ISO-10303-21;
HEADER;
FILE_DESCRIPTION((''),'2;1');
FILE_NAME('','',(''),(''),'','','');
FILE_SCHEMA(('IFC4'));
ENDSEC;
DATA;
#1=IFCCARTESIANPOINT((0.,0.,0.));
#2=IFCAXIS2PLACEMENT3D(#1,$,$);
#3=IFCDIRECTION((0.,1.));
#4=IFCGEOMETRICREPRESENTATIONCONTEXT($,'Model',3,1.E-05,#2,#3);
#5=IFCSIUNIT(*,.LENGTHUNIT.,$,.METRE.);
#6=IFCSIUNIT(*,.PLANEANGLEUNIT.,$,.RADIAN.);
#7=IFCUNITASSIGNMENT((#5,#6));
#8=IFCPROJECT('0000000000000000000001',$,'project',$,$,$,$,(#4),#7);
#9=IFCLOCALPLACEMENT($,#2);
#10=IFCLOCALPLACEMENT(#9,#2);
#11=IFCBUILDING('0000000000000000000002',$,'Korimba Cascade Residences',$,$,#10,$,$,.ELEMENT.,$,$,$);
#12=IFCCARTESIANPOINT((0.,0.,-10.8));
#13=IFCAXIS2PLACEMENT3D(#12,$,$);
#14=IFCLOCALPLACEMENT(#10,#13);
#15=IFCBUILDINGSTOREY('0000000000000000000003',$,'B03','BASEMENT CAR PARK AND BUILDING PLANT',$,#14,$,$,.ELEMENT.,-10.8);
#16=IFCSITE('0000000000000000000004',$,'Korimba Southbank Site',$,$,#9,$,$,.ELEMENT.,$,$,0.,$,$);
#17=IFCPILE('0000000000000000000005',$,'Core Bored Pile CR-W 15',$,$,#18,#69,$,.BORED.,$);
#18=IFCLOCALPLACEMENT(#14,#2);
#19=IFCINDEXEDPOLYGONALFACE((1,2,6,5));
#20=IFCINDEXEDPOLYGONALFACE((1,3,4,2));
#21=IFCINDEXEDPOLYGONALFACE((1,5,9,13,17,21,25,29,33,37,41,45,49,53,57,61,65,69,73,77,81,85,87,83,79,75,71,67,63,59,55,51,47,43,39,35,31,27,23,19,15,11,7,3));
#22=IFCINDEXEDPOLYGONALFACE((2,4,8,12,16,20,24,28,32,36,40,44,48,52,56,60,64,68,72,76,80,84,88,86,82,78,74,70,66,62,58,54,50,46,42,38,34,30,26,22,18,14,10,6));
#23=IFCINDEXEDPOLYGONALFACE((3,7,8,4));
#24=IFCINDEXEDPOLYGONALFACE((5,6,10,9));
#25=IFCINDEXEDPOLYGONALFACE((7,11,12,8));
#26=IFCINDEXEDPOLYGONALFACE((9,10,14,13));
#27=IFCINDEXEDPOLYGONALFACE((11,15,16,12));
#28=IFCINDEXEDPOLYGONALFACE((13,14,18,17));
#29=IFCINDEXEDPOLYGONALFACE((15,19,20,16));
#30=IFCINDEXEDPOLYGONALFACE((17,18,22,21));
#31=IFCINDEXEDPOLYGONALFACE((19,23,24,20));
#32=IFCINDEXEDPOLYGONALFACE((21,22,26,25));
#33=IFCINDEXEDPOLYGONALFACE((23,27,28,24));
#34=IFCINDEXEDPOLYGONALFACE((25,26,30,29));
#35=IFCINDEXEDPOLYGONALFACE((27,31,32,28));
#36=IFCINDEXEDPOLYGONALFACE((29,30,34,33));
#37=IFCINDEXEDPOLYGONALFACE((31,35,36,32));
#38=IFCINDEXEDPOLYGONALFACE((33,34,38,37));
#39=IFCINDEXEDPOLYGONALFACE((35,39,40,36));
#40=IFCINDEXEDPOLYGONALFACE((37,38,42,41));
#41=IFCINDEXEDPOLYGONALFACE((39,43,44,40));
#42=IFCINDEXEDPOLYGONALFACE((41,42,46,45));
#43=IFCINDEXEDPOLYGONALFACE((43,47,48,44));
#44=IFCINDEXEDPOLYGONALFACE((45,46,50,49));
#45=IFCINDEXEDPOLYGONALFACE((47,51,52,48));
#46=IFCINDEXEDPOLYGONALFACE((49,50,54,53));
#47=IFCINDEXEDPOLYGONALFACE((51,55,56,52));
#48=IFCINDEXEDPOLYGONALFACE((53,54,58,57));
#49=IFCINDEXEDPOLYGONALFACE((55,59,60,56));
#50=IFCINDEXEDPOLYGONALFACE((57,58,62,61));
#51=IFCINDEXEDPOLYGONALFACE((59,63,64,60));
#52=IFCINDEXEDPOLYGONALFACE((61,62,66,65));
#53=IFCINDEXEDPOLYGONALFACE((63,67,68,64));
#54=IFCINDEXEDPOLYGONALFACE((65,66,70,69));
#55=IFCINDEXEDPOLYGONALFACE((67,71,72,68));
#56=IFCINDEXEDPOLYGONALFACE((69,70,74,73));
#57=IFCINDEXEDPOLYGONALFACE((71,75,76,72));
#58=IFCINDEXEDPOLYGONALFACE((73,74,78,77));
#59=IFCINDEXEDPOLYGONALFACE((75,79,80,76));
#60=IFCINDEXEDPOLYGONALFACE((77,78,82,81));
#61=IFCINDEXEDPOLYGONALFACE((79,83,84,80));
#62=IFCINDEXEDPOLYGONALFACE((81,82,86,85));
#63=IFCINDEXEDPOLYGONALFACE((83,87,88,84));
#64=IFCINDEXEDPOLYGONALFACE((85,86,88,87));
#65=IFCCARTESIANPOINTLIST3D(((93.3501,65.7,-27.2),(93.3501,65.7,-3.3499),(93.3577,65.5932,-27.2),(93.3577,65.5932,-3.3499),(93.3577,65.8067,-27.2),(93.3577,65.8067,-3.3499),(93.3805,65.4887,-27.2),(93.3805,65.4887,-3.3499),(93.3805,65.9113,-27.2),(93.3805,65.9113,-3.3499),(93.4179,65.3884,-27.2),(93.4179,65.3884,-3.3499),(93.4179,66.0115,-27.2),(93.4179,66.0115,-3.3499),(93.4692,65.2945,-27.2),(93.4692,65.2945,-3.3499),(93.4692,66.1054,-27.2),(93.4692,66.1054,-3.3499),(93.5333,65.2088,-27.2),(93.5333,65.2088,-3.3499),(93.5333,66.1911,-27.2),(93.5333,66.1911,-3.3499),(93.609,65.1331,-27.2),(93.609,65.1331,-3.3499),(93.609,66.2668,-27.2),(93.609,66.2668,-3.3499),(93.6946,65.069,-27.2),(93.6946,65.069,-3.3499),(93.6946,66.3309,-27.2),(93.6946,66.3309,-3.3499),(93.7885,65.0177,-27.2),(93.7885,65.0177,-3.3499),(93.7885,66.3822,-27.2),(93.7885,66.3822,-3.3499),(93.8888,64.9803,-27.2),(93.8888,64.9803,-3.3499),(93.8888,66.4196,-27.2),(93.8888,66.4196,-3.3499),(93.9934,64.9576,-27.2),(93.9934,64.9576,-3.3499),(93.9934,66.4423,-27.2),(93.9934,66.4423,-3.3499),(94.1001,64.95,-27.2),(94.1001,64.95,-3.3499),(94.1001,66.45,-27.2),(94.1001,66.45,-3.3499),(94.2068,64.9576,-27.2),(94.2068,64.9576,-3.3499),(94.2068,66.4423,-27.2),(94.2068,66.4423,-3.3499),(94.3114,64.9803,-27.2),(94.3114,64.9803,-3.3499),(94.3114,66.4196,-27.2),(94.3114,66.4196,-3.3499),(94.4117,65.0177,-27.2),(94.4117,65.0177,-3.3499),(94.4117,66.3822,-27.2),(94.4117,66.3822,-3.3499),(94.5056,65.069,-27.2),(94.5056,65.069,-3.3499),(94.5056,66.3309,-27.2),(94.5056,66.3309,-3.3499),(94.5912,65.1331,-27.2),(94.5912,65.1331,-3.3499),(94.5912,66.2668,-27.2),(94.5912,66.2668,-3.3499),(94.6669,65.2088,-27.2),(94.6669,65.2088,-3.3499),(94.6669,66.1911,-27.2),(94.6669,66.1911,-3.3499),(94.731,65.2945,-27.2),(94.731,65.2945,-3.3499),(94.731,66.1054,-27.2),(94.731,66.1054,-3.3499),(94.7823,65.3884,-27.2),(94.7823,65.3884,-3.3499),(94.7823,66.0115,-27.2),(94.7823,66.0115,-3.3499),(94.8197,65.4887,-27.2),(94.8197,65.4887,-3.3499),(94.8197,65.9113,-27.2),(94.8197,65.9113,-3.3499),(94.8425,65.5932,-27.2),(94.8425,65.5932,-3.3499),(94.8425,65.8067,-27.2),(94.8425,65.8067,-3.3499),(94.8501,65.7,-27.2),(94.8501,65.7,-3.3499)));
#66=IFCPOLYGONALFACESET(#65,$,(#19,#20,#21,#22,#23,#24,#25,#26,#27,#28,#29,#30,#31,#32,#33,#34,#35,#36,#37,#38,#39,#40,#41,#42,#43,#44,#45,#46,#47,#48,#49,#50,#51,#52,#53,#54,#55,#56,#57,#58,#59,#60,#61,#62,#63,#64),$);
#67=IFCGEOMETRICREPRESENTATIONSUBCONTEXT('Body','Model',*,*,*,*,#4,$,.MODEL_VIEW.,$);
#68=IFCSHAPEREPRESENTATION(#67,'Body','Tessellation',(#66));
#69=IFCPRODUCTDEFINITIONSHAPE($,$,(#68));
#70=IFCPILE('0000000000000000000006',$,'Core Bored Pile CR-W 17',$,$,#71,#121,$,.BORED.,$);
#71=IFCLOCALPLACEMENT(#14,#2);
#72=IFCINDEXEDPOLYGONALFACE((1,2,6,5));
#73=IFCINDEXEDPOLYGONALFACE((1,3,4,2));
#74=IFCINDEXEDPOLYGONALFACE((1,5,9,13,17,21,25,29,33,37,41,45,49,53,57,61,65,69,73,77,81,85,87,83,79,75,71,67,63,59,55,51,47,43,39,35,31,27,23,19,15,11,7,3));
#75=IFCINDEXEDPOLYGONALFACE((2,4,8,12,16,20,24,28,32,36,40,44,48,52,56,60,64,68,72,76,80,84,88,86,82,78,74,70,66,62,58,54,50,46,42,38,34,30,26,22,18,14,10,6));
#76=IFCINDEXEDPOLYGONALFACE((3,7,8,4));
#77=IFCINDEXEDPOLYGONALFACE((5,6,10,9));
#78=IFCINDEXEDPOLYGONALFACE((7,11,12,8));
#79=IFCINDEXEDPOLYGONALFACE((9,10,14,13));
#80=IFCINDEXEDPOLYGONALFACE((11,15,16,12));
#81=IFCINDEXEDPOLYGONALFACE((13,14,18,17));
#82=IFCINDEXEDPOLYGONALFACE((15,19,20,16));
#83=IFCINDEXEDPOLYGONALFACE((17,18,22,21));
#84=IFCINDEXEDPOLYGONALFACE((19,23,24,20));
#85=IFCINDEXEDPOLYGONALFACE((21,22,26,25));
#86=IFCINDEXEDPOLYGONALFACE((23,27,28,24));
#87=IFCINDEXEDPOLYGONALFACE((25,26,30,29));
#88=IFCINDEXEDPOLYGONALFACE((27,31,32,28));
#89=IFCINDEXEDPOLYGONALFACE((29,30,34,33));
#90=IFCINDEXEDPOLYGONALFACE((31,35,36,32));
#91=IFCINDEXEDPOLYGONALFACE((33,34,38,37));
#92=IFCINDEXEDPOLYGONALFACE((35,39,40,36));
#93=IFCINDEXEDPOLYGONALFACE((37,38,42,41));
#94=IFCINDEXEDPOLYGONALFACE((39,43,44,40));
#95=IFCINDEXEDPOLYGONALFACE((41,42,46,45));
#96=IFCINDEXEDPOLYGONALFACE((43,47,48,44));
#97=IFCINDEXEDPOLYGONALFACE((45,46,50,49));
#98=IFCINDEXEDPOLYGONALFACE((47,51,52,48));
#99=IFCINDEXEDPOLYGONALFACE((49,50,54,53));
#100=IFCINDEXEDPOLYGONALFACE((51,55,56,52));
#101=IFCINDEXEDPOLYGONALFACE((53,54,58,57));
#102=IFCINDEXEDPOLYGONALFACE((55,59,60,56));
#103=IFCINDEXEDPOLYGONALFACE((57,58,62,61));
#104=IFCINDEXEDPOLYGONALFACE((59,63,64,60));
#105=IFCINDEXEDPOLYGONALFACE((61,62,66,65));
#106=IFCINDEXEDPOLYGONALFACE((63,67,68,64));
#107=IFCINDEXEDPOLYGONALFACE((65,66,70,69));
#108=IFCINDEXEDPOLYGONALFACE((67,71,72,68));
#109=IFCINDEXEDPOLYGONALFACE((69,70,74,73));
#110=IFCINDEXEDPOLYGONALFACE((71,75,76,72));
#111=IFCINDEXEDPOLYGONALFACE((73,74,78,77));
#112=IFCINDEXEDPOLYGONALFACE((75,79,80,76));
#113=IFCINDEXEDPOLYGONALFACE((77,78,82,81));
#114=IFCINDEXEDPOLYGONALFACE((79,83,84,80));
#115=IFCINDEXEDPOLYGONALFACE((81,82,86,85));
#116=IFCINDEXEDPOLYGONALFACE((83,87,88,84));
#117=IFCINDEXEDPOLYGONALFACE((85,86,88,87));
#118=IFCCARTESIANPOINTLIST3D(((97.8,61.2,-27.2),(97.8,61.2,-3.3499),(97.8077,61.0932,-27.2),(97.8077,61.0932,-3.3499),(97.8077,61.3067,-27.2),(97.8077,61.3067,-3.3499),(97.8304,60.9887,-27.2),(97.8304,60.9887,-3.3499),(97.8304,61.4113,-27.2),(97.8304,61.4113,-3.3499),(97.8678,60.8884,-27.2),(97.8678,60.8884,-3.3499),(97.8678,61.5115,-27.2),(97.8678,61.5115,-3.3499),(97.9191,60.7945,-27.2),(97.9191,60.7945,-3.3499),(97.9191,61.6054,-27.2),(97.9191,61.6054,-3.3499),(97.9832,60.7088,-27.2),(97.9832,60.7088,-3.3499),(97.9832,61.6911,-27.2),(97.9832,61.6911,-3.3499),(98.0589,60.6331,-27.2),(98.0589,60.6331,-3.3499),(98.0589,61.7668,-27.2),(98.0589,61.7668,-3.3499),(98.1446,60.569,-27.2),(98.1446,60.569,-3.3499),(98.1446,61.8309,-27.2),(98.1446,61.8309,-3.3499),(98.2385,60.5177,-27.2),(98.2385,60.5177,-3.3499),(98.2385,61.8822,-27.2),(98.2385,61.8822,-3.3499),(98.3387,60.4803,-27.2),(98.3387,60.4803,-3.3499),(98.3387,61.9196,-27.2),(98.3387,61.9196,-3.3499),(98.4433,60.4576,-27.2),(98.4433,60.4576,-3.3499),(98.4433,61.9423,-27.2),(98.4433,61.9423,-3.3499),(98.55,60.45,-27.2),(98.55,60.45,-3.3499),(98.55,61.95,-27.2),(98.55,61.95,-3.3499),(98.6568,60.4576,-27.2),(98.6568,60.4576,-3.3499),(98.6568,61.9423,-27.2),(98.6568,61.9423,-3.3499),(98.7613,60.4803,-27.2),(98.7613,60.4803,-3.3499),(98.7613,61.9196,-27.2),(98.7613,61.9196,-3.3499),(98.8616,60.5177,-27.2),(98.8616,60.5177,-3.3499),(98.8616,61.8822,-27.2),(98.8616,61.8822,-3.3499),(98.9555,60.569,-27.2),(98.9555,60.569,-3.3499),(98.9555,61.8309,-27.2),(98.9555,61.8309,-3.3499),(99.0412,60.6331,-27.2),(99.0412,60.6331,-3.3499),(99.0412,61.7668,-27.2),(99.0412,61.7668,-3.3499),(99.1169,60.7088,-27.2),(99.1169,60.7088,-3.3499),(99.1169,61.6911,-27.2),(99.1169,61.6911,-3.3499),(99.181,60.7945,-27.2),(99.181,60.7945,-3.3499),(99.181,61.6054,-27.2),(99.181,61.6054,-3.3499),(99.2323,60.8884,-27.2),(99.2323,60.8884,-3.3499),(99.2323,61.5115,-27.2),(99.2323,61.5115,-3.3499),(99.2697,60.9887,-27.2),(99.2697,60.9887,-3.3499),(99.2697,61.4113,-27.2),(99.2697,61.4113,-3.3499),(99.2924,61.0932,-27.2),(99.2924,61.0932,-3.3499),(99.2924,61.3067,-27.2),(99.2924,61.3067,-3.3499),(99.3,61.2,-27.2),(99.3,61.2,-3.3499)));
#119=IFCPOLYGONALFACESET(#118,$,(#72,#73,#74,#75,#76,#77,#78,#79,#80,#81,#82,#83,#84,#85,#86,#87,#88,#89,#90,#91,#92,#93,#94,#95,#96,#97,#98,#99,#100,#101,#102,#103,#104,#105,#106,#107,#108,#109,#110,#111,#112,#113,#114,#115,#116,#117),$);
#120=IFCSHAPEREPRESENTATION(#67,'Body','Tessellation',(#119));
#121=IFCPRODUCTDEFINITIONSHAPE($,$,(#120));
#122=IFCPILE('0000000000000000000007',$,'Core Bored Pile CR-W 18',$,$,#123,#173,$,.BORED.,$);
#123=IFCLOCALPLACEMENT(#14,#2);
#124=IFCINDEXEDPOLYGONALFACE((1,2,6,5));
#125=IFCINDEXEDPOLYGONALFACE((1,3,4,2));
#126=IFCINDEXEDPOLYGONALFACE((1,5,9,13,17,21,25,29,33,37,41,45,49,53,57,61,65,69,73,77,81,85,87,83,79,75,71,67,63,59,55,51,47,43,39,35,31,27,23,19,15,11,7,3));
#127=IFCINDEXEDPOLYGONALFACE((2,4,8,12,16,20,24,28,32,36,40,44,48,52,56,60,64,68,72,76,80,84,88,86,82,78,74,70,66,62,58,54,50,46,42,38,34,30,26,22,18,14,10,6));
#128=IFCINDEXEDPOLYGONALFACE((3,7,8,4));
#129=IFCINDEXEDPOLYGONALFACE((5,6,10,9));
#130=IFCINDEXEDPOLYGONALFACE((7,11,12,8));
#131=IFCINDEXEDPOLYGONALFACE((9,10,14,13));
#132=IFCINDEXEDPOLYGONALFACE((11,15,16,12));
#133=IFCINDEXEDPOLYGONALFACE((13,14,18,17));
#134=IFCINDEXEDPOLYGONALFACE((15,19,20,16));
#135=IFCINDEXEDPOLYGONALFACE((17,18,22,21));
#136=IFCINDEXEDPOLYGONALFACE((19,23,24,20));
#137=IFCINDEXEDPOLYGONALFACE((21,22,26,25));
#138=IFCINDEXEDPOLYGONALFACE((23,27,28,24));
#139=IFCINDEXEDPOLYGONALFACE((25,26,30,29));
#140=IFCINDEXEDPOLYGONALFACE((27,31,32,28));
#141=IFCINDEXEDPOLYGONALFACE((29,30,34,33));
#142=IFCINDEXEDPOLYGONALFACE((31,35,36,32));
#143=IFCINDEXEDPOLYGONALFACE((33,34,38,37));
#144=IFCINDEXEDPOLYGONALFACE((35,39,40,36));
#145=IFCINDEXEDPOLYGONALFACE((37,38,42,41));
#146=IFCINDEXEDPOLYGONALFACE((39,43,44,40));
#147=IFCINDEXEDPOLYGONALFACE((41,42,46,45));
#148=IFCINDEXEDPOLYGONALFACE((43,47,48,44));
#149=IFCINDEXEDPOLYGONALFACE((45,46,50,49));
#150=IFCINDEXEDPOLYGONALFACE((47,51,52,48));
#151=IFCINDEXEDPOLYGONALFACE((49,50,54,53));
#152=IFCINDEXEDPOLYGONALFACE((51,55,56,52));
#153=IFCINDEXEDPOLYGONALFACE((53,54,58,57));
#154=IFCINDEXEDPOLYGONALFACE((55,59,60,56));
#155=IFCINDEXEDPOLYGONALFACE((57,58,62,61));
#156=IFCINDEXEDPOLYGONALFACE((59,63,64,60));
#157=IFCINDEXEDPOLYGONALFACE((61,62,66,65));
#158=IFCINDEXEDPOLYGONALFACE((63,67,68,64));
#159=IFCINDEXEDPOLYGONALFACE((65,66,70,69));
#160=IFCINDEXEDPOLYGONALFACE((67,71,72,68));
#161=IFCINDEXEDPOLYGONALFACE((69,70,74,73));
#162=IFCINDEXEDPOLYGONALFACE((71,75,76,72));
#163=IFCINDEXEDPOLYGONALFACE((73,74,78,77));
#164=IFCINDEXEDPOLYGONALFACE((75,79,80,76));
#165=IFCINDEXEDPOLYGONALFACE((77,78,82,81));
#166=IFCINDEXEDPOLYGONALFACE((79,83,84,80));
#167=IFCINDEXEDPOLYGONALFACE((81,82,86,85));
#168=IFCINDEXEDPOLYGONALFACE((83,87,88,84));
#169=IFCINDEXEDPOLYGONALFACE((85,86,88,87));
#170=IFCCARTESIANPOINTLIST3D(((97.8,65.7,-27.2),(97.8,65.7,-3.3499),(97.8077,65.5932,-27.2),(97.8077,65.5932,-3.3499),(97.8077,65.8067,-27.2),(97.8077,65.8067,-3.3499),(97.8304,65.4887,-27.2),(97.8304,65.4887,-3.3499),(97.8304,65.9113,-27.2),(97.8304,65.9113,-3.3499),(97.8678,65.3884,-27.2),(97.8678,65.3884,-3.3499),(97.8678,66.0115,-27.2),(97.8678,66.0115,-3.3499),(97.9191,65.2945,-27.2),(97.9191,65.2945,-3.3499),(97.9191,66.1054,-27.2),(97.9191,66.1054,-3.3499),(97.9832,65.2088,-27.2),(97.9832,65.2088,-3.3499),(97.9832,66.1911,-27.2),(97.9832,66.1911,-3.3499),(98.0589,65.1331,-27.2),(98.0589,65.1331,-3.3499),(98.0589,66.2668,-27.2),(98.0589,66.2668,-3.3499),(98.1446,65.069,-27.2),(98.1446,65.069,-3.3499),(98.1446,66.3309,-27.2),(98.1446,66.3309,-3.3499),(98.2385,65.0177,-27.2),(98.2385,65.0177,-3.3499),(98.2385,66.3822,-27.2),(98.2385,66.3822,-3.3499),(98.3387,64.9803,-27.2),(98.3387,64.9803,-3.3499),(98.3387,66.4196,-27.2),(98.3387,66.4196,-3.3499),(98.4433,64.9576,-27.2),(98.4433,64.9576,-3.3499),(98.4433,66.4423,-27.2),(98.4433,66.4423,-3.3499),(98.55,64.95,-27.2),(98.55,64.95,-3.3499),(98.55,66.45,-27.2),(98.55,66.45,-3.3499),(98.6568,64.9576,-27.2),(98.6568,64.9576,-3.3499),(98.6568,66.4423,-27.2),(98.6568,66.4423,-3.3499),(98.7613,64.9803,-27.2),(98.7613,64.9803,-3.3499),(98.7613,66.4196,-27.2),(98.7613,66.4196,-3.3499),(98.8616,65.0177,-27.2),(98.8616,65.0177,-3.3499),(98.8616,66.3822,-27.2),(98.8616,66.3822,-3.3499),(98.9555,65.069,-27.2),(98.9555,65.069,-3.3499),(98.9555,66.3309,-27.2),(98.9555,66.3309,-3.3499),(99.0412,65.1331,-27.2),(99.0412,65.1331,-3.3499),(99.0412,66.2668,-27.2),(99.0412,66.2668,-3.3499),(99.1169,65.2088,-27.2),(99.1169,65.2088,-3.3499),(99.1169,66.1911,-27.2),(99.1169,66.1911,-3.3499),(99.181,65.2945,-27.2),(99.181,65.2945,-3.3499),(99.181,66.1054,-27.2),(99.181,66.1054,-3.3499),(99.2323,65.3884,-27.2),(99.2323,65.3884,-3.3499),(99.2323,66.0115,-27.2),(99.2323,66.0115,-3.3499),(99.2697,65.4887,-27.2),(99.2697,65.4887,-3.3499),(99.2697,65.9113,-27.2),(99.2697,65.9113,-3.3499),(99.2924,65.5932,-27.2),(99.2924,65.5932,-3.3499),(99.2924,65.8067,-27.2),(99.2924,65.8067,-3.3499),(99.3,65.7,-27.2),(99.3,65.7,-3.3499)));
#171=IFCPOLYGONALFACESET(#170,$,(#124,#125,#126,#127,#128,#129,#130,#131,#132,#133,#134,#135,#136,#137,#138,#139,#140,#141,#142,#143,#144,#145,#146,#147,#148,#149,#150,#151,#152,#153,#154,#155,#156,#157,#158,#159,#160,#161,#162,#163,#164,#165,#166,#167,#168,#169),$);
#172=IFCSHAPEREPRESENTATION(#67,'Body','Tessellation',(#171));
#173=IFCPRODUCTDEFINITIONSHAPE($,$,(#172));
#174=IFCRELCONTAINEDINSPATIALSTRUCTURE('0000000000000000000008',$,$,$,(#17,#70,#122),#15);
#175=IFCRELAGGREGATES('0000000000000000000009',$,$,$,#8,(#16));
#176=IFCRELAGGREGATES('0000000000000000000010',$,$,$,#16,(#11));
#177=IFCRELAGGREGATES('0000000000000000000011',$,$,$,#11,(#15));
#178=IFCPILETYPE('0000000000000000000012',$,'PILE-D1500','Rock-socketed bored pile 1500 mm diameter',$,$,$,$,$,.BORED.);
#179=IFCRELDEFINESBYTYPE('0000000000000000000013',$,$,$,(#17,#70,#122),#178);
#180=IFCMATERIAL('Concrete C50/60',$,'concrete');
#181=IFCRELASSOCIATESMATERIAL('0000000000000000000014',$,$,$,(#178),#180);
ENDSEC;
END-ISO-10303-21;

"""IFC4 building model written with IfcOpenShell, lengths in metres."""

from ifc_helpers import new_model, si_unit, direction, frame, origin, origin_2d, place, context, subcontext, project, spatial, circle, extrude, material, material_profile, profile_set, type_object, element, save


model = new_model("IFC4")

# Units and contexts
model_context = context("Model", 3, precision=1e-05, world=origin(), true_north=direction((0.0, 1.0)))
body_context = subcontext(model_context, "Body", "Model", "MODEL_VIEW")
ifc_project = project(units=[si_unit("LENGTHUNIT", "METRE"), si_unit("PLANEANGLEUNIT", "RADIAN")], contexts=[model_context])

# Site, building, storey
site_placement = place(None, origin())
site = spatial("IfcSite", under=ifc_project, at=site_placement, Name="Korimba Southbank Site", CompositionType="ELEMENT", RefElevation=0.0)
building_placement = place(site_placement, origin())
building = spatial("IfcBuilding", under=site, at=building_placement, Name="Korimba Cascade Residences", CompositionType="ELEMENT")
storey_placement = place(building_placement, frame((0.0, 0.0, -10.8)))
storey = spatial("IfcBuildingStorey", under=building, at=storey_placement, Name="B03", Description="BASEMENT CAR PARK AND BUILDING PLANT", CompositionType="ELEMENT", Elevation=-10.8)

# Piles
ifc_material_1 = material(Name="Concrete C50/60", Category="concrete")
ifc_material_profile_1 = material_profile(ifc_material_1, circle(Radius=0.75, at=origin_2d()), Name="Concrete C50/60")
ifc_profile_set_1 = profile_set([ifc_material_profile_1], Name="Concrete C50/60")
pile_type = type_object("IfcPileType", Name="PILE-D1500", Description="Rock-socketed bored pile 1500 mm diameter", PredefinedType="BORED", material=ifc_profile_set_1)
for number, where, z_axis, x_axis, name in (
    (1, (94.1001, 65.7, -3.3499), (0.0, 0.0, -1.0), (1.0, 0.0, 0.0), "Core Bored Pile CR-W 15"),
    (2, (98.55, 61.2, -3.3499), (0.0, 0.0, -1.0), (1.0, 0.0, 0.0), "Core Bored Pile CR-W 17"),
    (3, (98.55, 65.7, -3.3499), (0.0, 0.0, -1.0), (1.0, 0.0, 0.0), "Core Bored Pile CR-W 18"),
):
    element("IfcPile", number, at=place(storey_placement, frame(where, z_axis=z_axis, x_axis=x_axis)), inside=storey, type_object=pile_type, Name=name, PredefinedType="BORED", context=body_context, shape_type="SweptSolid", body=[
        extrude(circle(Radius=0.75, at=origin_2d()), origin(), (0.0, 0.0, 1.0), 23.8501),
    ])

save(model, "model.ifc")
